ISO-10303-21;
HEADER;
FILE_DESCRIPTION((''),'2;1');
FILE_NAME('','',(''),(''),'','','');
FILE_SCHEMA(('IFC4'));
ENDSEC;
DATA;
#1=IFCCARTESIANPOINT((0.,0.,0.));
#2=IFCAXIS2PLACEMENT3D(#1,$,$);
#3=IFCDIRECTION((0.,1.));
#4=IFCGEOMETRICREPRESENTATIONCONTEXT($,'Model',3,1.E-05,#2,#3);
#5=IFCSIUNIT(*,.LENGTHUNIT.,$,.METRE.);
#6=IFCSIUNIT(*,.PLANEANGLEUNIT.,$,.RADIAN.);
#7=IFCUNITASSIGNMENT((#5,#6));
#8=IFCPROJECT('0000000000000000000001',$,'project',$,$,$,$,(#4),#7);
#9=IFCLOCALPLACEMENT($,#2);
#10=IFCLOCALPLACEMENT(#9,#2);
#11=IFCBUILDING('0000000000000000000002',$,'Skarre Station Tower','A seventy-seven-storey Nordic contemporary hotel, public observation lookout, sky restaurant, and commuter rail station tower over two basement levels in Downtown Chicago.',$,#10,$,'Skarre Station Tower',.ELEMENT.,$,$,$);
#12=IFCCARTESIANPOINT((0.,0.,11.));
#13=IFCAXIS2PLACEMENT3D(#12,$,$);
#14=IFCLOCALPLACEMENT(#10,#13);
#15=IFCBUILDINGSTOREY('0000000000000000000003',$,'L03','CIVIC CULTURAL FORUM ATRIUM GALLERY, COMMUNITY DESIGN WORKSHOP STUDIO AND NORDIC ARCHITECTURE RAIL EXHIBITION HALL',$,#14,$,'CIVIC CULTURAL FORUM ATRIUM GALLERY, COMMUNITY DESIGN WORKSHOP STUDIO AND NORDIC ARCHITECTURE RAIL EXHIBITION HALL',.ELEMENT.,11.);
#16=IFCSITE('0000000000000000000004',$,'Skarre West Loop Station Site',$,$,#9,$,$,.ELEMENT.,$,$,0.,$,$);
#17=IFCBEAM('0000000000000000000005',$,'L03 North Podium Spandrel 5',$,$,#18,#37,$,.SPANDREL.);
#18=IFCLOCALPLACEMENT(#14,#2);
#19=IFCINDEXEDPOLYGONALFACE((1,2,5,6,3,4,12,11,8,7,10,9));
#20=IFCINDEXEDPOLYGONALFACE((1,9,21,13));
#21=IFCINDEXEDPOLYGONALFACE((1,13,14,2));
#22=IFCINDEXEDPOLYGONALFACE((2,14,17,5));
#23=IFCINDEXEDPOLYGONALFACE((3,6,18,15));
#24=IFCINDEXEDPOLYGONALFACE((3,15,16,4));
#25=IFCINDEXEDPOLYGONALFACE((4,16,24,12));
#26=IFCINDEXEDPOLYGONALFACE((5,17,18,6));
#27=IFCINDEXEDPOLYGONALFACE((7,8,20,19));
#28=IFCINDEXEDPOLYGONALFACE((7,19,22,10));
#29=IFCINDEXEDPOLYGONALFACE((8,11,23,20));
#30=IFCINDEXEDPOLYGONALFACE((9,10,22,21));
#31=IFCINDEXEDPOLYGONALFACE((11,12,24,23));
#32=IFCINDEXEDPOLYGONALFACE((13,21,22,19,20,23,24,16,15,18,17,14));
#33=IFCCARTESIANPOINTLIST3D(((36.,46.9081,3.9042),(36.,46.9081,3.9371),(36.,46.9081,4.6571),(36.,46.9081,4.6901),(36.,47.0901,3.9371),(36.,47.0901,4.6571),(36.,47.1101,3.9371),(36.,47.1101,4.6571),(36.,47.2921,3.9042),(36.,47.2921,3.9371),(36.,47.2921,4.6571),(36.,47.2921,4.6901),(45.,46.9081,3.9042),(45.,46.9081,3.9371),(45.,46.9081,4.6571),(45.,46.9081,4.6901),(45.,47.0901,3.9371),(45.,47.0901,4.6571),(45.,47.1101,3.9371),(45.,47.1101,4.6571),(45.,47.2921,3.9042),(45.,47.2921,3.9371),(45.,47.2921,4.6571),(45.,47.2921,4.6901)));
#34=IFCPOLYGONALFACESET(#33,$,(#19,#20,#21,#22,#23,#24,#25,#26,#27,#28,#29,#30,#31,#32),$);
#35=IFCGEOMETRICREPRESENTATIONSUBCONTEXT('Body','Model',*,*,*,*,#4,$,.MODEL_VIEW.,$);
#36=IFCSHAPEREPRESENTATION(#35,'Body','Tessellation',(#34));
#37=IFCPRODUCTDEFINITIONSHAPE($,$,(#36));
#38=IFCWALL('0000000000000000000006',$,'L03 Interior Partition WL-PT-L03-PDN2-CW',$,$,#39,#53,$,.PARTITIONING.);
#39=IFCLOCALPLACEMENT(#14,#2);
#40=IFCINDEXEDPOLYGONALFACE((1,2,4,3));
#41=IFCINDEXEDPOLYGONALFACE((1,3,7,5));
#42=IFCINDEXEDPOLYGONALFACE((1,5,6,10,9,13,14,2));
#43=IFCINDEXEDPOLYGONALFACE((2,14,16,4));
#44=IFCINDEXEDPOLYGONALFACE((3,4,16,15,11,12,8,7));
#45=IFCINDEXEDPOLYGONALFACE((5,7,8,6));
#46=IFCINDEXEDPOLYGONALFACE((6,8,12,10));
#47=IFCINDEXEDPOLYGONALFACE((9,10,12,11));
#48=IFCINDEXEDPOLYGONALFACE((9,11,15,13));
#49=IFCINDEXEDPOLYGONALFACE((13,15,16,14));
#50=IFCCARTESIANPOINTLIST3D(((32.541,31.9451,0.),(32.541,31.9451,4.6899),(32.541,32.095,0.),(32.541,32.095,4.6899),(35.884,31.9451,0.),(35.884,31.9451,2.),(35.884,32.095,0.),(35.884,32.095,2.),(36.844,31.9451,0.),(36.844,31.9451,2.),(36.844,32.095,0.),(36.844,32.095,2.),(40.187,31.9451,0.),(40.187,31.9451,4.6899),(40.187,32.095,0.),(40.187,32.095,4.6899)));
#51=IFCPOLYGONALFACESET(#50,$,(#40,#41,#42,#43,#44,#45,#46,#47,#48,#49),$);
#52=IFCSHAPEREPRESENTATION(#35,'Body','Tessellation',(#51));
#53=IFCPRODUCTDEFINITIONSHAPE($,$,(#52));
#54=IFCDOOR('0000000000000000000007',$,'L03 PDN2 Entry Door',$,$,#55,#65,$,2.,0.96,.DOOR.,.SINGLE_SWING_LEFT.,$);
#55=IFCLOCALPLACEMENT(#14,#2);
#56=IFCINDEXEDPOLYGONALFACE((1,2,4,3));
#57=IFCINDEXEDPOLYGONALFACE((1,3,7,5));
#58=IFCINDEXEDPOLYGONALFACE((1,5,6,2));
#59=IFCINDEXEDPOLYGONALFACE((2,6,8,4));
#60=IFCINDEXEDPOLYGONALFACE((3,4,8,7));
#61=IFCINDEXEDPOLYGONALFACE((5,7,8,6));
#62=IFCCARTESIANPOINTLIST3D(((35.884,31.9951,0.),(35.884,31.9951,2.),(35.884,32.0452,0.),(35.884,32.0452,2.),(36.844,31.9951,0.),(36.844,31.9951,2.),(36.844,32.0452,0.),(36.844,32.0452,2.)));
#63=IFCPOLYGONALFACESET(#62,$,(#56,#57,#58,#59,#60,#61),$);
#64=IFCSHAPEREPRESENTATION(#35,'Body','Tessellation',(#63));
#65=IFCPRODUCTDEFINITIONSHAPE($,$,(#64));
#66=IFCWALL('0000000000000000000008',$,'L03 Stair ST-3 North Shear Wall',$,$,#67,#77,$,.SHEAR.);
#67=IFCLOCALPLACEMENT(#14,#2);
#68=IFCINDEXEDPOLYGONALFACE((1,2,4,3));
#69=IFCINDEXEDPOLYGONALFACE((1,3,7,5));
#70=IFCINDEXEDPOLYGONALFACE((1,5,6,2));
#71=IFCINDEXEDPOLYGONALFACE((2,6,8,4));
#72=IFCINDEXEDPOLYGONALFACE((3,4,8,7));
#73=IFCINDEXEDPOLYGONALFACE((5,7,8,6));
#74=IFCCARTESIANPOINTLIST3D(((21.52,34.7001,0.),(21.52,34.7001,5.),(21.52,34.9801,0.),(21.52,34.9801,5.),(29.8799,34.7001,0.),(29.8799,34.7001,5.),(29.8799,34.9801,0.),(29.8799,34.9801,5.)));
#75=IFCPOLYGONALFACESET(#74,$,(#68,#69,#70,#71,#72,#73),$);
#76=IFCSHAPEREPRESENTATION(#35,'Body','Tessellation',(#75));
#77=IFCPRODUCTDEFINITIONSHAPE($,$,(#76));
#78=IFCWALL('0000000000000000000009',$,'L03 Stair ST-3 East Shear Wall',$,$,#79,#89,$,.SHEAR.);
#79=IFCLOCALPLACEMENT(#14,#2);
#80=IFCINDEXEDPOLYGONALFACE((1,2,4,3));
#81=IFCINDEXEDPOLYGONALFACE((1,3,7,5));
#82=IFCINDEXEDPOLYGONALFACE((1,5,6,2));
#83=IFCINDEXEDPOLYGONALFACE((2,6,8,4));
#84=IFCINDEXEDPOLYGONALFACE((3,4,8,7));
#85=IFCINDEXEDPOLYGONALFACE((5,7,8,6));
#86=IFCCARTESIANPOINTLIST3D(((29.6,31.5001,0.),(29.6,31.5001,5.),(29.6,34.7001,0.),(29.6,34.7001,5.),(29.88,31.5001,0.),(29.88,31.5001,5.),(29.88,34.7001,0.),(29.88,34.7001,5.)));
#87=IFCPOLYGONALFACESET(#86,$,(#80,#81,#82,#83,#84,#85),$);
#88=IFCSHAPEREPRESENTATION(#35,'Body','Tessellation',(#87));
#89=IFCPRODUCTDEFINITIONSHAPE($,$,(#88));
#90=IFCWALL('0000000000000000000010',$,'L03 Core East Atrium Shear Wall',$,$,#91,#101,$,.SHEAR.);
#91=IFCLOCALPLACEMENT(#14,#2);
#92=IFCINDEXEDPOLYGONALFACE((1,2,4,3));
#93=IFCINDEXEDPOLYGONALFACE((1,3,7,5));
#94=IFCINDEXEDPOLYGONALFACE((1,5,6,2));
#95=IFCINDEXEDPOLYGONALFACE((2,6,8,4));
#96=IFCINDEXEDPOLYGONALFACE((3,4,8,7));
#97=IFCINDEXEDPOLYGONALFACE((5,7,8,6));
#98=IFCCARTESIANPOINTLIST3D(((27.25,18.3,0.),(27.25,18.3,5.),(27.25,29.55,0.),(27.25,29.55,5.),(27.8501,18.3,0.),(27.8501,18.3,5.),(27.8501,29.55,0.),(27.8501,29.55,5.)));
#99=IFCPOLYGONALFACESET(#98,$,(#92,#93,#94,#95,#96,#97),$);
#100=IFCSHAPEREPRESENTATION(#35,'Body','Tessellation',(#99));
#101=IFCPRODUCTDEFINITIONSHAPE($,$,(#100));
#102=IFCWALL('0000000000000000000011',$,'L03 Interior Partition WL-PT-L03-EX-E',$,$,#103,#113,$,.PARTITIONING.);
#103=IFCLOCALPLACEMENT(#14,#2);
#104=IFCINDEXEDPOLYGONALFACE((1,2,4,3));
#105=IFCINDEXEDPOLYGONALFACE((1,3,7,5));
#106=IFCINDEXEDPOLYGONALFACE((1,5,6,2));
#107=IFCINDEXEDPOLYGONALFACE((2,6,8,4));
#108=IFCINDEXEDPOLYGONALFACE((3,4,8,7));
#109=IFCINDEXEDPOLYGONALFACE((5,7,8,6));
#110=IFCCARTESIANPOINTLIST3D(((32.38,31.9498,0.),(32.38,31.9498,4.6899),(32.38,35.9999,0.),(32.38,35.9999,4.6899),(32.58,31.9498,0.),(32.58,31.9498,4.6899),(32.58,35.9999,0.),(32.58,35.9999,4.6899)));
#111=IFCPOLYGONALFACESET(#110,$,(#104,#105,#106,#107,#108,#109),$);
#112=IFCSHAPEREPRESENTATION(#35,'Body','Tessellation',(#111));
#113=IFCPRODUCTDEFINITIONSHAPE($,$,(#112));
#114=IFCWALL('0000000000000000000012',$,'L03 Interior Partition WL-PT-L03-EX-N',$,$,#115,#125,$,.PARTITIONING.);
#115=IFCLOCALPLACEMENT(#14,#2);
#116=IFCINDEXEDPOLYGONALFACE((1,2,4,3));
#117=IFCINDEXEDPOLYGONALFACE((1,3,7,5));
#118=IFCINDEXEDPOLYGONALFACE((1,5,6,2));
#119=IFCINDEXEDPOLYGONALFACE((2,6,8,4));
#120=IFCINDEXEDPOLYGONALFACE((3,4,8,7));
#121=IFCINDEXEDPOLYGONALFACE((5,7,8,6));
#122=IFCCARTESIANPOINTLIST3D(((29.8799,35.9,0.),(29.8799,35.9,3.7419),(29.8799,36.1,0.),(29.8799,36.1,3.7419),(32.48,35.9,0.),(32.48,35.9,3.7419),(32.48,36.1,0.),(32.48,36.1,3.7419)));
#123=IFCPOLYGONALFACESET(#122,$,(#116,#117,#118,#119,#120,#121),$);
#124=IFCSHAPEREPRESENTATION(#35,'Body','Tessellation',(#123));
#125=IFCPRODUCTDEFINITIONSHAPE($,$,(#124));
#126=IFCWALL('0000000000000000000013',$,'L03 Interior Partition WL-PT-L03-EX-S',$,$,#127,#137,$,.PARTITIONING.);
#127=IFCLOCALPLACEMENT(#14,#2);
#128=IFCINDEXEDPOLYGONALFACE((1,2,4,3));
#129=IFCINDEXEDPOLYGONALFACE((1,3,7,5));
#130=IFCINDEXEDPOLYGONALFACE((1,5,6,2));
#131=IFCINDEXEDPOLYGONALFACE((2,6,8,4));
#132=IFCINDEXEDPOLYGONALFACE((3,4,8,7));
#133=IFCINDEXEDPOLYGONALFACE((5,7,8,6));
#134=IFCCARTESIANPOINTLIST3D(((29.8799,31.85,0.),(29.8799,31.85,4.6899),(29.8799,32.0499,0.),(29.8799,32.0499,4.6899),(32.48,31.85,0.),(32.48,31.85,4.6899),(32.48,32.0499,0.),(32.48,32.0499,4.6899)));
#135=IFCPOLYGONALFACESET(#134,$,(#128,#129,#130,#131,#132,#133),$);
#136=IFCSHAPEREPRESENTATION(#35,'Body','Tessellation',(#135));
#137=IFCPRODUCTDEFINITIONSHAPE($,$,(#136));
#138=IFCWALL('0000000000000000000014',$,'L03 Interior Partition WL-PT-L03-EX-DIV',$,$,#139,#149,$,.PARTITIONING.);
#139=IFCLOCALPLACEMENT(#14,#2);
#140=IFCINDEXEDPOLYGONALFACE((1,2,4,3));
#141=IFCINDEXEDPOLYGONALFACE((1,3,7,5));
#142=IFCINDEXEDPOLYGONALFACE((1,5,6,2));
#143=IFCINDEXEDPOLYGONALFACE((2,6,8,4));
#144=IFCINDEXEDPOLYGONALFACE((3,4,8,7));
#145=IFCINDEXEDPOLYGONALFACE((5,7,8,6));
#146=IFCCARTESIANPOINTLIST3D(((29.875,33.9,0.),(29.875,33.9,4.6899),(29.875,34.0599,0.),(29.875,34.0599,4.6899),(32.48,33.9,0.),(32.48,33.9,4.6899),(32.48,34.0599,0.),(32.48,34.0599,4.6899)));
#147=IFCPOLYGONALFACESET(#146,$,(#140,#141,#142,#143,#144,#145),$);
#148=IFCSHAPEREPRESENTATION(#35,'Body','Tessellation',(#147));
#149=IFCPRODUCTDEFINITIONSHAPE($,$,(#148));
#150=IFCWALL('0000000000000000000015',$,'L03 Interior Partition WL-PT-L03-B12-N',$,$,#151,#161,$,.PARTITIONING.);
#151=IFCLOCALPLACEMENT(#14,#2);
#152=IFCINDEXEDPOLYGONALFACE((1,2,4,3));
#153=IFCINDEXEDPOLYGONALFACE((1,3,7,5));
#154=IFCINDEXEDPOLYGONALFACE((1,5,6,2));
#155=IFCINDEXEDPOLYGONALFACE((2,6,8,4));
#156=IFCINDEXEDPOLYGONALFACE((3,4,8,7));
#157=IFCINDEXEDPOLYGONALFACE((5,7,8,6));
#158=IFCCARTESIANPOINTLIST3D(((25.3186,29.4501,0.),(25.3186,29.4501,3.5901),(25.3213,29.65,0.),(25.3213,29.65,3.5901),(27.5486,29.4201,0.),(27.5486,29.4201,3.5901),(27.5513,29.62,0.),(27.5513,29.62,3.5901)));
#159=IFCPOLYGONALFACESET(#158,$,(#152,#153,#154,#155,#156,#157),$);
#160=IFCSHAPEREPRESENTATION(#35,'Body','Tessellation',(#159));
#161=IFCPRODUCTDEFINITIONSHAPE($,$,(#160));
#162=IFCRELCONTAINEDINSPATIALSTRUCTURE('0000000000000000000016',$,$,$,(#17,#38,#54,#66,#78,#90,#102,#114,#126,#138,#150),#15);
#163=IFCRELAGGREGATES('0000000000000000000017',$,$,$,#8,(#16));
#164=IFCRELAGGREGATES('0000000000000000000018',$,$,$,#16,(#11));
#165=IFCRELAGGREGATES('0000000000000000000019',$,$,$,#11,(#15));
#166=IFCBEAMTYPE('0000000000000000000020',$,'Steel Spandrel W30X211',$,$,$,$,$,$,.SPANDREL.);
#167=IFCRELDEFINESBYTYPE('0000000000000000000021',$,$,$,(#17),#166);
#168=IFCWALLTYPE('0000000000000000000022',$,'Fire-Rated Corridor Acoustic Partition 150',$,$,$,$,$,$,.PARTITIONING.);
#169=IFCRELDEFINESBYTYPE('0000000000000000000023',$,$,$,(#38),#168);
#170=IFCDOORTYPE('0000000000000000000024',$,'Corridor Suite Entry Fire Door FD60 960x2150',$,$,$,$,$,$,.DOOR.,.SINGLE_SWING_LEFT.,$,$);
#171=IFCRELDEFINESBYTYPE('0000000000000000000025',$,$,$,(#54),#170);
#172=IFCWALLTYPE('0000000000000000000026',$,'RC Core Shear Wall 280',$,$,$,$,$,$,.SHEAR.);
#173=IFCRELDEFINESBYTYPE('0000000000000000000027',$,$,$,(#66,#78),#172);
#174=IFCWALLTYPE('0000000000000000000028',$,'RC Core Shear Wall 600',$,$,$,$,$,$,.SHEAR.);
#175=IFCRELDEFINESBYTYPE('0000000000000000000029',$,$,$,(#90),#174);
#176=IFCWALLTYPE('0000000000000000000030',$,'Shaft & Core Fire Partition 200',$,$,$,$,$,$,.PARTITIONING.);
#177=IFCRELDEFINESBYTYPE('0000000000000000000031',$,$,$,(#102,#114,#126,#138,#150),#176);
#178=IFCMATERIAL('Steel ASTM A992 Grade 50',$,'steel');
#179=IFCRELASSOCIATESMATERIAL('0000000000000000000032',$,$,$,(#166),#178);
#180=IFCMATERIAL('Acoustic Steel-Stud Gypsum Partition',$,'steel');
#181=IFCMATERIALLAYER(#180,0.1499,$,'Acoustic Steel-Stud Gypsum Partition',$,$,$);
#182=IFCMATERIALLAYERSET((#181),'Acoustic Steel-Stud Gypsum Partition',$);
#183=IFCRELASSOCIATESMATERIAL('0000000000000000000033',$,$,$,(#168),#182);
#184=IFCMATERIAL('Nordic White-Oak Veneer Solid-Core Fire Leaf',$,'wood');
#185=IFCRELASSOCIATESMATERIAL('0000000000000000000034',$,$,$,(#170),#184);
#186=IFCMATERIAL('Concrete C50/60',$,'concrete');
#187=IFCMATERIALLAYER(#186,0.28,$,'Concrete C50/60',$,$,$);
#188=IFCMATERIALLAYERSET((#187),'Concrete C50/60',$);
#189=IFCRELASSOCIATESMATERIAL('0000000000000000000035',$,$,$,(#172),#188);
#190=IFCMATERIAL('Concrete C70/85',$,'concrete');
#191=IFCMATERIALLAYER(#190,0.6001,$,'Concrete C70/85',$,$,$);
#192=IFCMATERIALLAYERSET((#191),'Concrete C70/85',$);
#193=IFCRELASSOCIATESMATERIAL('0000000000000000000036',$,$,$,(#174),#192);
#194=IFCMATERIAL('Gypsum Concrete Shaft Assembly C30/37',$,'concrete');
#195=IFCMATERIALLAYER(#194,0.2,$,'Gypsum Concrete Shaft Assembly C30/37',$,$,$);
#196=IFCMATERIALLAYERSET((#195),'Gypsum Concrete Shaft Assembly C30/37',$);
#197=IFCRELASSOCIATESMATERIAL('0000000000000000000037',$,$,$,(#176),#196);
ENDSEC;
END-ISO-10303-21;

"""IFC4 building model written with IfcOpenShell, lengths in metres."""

from ifc_helpers import new_model, si_unit, direction, frame, frame_2d, origin, origin_2d, place, context, subcontext, project, spatial, rectangle, i_section, extrude, material, layer, layer_set, material_profile, profile_set, type_object, element, fill, save


model = new_model("IFC4")

# Units and contexts
model_context = context("Model", 3, precision=1e-05, world=origin(), true_north=direction((0.0, 1.0)))
body_context = subcontext(model_context, "Body", "Model", "MODEL_VIEW")
ifc_project = project(units=[si_unit("LENGTHUNIT", "METRE"), si_unit("PLANEANGLEUNIT", "RADIAN")], contexts=[model_context])

# Site, building, storey
site_placement = place(None, origin())
site = spatial("IfcSite", under=ifc_project, at=site_placement, Name="Skarre West Loop Station Site", CompositionType="ELEMENT", RefElevation=0.0)
building_placement = place(site_placement, origin())
building = spatial("IfcBuilding", under=site, at=building_placement, Name="Skarre Station Tower", Description="A seventy-seven-storey Nordic contemporary hotel, public observation lookout, sky restaurant, and commuter rail station tower over two basement levels in Downtown Chicago.", LongName="Skarre Station Tower", CompositionType="ELEMENT")
storey_placement = place(building_placement, frame((0.0, 0.0, 11.0)))
storey = spatial("IfcBuildingStorey", under=building, at=storey_placement, Name="L03", Description="CIVIC CULTURAL FORUM ATRIUM GALLERY, COMMUNITY DESIGN WORKSHOP STUDIO AND NORDIC ARCHITECTURE RAIL EXHIBITION HALL", LongName="CIVIC CULTURAL FORUM ATRIUM GALLERY, COMMUNITY DESIGN WORKSHOP STUDIO AND NORDIC ARCHITECTURE RAIL EXHIBITION HALL", CompositionType="ELEMENT", Elevation=11.0)

# Shared definitions
ifc_material_1 = material(Name="Concrete C70/85", Category="concrete")

# Beam
ifc_material_2 = material(Name="Steel ASTM A992 Grade 50", Category="steel")
ifc_material_profile_1 = material_profile(ifc_material_2, i_section(OverallWidth=0.384, OverallDepth=0.7859, WebThickness=0.02, FlangeThickness=0.033, at=origin_2d()), Name="Steel ASTM A992 Grade 50")
ifc_profile_set_1 = profile_set([ifc_material_profile_1], Name="Steel ASTM A992 Grade 50")
beam_type_1 = type_object("IfcBeamType", Name="Steel Spandrel W30X211", PredefinedType="SPANDREL", material=ifc_profile_set_1)
beam_1_placement = place(storey_placement, frame((36.0, 47.1001, 4.2971), z_axis=(1.0, 0.0, 0.0), x_axis=(0.0, 1.0, 0.0)))
element("IfcBeam", 1, at=beam_1_placement, inside=storey, type_object=beam_type_1, Name="L03 North Podium Spandrel 5", PredefinedType="SPANDREL", context=body_context, shape_type="SweptSolid", body=[
    extrude(i_section(OverallWidth=0.384, OverallDepth=0.7859, WebThickness=0.02, FlangeThickness=0.033, at=origin_2d()), origin(), (0.0, 0.0, 1.0), 9.0),
])

# Wall, opening, door
ifc_material_3 = material(Name="Acoustic Steel-Stud Gypsum Partition", Category="steel")
ifc_layer_1 = layer(ifc_material_3, 0.1499, Name="Acoustic Steel-Stud Gypsum Partition")
ifc_layer_set_1 = layer_set([ifc_layer_1], Name="Acoustic Steel-Stud Gypsum Partition")
wall_type_1 = type_object("IfcWallType", Name="Fire-Rated Corridor Acoustic Partition 150", PredefinedType="PARTITIONING", material=ifc_layer_set_1)
wall_1_placement = place(storey_placement, frame((40.187, 32.02, 0.0), z_axis=(0.0, 0.0, 1.0), x_axis=(-1.0, 0.0, 0.0)))
wall_1 = element("IfcWall", 2, at=wall_1_placement, inside=storey, type_object=wall_type_1, Name="L03 Interior Partition WL-PT-L03-PDN2-CW", PredefinedType="PARTITIONING", context=body_context, shape_type="SweptSolid", body=[
    extrude(rectangle(XDim=7.646, YDim=0.1499, at=frame_2d((3.823, 0.0))), origin(), (0.0, 0.0, 1.0), 4.6899),
])
opening_placement = place(wall_1_placement, frame((3.343, 0.0, 0.0)))
opening = element("IfcOpeningElement", 3, at=opening_placement, cuts=wall_1, PredefinedType="OPENING", context=body_context, shape_type="SweptSolid", body=[
    extrude(rectangle(XDim=0.96, YDim=2.0, at=frame_2d((0.48, 1.0))), frame((0.0, 0.085, 0.0), z_axis=(0.0, -1.0, 0.0), x_axis=(1.0, 0.0, 0.0)), (0.0, 0.0, 1.0), 0.1699),
])
ifc_material_4 = material(Name="Nordic White-Oak Veneer Solid-Core Fire Leaf", Category="wood")
door_type = type_object("IfcDoorType", Name="Corridor Suite Entry Fire Door FD60 960x2150", OperationType="SINGLE_SWING_LEFT", PredefinedType="DOOR", material=ifc_material_4)
door_placement = place(opening_placement, origin())
door = element("IfcDoor", 4, at=door_placement, inside=storey, type_object=door_type, Name="L03 PDN2 Entry Door", OperationType="SINGLE_SWING_LEFT", OverallHeight=2.0, OverallWidth=0.96, PredefinedType="DOOR", context=body_context, shape_type="SweptSolid", body=[
    extrude(rectangle(XDim=0.96, YDim=2.0, at=frame_2d((0.48, 1.0))), frame((0.0, 0.0249, 0.0), z_axis=(0.0, -1.0, 0.0), x_axis=(1.0, 0.0, 0.0)), (0.0, 0.0, 1.0), 0.05),
])
fill(opening, door)

# Walls
ifc_material_5 = material(Name="Concrete C50/60", Category="concrete")
ifc_layer_2 = layer(ifc_material_5, 0.28, Name="Concrete C50/60")
ifc_layer_set_2 = layer_set([ifc_layer_2], Name="Concrete C50/60")
wall_type_2 = type_object("IfcWallType", Name="RC Core Shear Wall 280", PredefinedType="SHEAR", material=ifc_layer_set_2)
wall_2_placement = place(storey_placement, frame((29.8799, 34.8401, 0.0), z_axis=(0.0, 0.0, 1.0), x_axis=(-1.0, 0.0, 0.0)))
element("IfcWall", 5, at=wall_2_placement, inside=storey, type_object=wall_type_2, Name="L03 Stair ST-3 North Shear Wall", PredefinedType="SHEAR", context=body_context, shape_type="SweptSolid", body=[
    extrude(rectangle(XDim=8.3599, YDim=0.28, at=frame_2d((4.1799, 0.0))), origin(), (0.0, 0.0, 1.0), 5.0),
])
wall_3_placement = place(storey_placement, frame((29.74, 31.5, 0.0), z_axis=(0.0, 0.0, 1.0), x_axis=(0.0, 1.0, 0.0)))
element("IfcWall", 6, at=wall_3_placement, inside=storey, type_object=wall_type_2, Name="L03 Stair ST-3 East Shear Wall", PredefinedType="SHEAR", context=body_context, shape_type="SweptSolid", body=[
    extrude(rectangle(XDim=3.2, YDim=0.28, at=frame_2d((1.6001, 0.0))), origin(), (0.0, 0.0, 1.0), 5.0),
])
ifc_layer_3 = layer(ifc_material_1, 0.6001, Name="Concrete C70/85")
ifc_layer_set_3 = layer_set([ifc_layer_3], Name="Concrete C70/85")
wall_type_3 = type_object("IfcWallType", Name="RC Core Shear Wall 600", PredefinedType="SHEAR", material=ifc_layer_set_3)
wall_4_placement = place(storey_placement, frame((27.55, 29.55, 0.0), z_axis=(0.0, 0.0, 1.0), x_axis=(0.0, -1.0, 0.0)))
element("IfcWall", 7, at=wall_4_placement, inside=storey, type_object=wall_type_3, Name="L03 Core East Atrium Shear Wall", PredefinedType="SHEAR", context=body_context, shape_type="SweptSolid", body=[
    extrude(rectangle(XDim=11.25, YDim=0.6001, at=frame_2d((5.625, 0.0))), origin(), (0.0, 0.0, 1.0), 5.0),
])
ifc_material_6 = material(Name="Gypsum Concrete Shaft Assembly C30/37", Category="concrete")
ifc_layer_4 = layer(ifc_material_6, 0.2, Name="Gypsum Concrete Shaft Assembly C30/37")
ifc_layer_set_4 = layer_set([ifc_layer_4], Name="Gypsum Concrete Shaft Assembly C30/37")
wall_type_4 = type_object("IfcWallType", Name="Shaft & Core Fire Partition 200", PredefinedType="PARTITIONING", material=ifc_layer_set_4)
wall_5_placement = place(storey_placement, frame((32.48, 31.95, 0.0), z_axis=(0.0, 0.0, 1.0), x_axis=(0.0, 1.0, 0.0)))
element("IfcWall", 8, at=wall_5_placement, inside=storey, type_object=wall_type_4, Name="L03 Interior Partition WL-PT-L03-EX-E", PredefinedType="PARTITIONING", context=body_context, shape_type="SweptSolid", body=[
    extrude(rectangle(XDim=4.05, YDim=0.2, at=frame_2d((2.0249, 0.0))), origin(), (0.0, 0.0, 1.0), 4.6899),
])
wall_6_placement = place(storey_placement, frame((29.8799, 36.0, 0.0), z_axis=(0.0, 0.0, 1.0), x_axis=(1.0, 0.0, 0.0)))
element("IfcWall", 9, at=wall_6_placement, inside=storey, type_object=wall_type_4, Name="L03 Interior Partition WL-PT-L03-EX-N", PredefinedType="PARTITIONING", context=body_context, shape_type="SweptSolid", body=[
    extrude(rectangle(XDim=2.6001, YDim=0.2, at=frame_2d((1.3, 0.0))), origin(), (0.0, 0.0, 1.0), 3.7419),
])
wall_7_placement = place(storey_placement, frame((32.48, 31.95, 0.0), z_axis=(0.0, 0.0, 1.0), x_axis=(-1.0, 0.0, 0.0)))
element("IfcWall", 10, at=wall_7_placement, inside=storey, type_object=wall_type_4, Name="L03 Interior Partition WL-PT-L03-EX-S", PredefinedType="PARTITIONING", context=body_context, shape_type="SweptSolid", body=[
    extrude(rectangle(XDim=2.6001, YDim=0.2, at=frame_2d((1.3, 0.0))), origin(), (0.0, 0.0, 1.0), 4.6899),
])
wall_8_placement = place(storey_placement, frame((29.875, 33.98, 0.0), z_axis=(0.0, 0.0, 1.0), x_axis=(1.0, 0.0, 0.0)))
element("IfcWall", 11, at=wall_8_placement, inside=storey, type_object=wall_type_4, Name="L03 Interior Partition WL-PT-L03-EX-DIV", PredefinedType="PARTITIONING", context=body_context, shape_type="SweptSolid", body=[
    extrude(rectangle(XDim=2.605, YDim=0.1599, at=frame_2d((1.3025, 0.0))), origin(), (0.0, 0.0, 1.0), 4.6899),
])
wall_9_placement = place(storey_placement, frame((27.55, 29.52, 0.0), z_axis=(0.0, 0.0, 1.0), x_axis=(-0.999909, 0.013465, 0.0)))
element("IfcWall", 12, at=wall_9_placement, inside=storey, type_object=wall_type_4, Name="L03 Interior Partition WL-PT-L03-B12-N", PredefinedType="PARTITIONING", context=body_context, shape_type="SweptSolid", body=[
    extrude(rectangle(XDim=2.2302, YDim=0.2, at=frame_2d((1.1152, 0.0))), origin(), (0.0, 0.0, 1.0), 3.5901),
])

save(model, "model.ifc")
